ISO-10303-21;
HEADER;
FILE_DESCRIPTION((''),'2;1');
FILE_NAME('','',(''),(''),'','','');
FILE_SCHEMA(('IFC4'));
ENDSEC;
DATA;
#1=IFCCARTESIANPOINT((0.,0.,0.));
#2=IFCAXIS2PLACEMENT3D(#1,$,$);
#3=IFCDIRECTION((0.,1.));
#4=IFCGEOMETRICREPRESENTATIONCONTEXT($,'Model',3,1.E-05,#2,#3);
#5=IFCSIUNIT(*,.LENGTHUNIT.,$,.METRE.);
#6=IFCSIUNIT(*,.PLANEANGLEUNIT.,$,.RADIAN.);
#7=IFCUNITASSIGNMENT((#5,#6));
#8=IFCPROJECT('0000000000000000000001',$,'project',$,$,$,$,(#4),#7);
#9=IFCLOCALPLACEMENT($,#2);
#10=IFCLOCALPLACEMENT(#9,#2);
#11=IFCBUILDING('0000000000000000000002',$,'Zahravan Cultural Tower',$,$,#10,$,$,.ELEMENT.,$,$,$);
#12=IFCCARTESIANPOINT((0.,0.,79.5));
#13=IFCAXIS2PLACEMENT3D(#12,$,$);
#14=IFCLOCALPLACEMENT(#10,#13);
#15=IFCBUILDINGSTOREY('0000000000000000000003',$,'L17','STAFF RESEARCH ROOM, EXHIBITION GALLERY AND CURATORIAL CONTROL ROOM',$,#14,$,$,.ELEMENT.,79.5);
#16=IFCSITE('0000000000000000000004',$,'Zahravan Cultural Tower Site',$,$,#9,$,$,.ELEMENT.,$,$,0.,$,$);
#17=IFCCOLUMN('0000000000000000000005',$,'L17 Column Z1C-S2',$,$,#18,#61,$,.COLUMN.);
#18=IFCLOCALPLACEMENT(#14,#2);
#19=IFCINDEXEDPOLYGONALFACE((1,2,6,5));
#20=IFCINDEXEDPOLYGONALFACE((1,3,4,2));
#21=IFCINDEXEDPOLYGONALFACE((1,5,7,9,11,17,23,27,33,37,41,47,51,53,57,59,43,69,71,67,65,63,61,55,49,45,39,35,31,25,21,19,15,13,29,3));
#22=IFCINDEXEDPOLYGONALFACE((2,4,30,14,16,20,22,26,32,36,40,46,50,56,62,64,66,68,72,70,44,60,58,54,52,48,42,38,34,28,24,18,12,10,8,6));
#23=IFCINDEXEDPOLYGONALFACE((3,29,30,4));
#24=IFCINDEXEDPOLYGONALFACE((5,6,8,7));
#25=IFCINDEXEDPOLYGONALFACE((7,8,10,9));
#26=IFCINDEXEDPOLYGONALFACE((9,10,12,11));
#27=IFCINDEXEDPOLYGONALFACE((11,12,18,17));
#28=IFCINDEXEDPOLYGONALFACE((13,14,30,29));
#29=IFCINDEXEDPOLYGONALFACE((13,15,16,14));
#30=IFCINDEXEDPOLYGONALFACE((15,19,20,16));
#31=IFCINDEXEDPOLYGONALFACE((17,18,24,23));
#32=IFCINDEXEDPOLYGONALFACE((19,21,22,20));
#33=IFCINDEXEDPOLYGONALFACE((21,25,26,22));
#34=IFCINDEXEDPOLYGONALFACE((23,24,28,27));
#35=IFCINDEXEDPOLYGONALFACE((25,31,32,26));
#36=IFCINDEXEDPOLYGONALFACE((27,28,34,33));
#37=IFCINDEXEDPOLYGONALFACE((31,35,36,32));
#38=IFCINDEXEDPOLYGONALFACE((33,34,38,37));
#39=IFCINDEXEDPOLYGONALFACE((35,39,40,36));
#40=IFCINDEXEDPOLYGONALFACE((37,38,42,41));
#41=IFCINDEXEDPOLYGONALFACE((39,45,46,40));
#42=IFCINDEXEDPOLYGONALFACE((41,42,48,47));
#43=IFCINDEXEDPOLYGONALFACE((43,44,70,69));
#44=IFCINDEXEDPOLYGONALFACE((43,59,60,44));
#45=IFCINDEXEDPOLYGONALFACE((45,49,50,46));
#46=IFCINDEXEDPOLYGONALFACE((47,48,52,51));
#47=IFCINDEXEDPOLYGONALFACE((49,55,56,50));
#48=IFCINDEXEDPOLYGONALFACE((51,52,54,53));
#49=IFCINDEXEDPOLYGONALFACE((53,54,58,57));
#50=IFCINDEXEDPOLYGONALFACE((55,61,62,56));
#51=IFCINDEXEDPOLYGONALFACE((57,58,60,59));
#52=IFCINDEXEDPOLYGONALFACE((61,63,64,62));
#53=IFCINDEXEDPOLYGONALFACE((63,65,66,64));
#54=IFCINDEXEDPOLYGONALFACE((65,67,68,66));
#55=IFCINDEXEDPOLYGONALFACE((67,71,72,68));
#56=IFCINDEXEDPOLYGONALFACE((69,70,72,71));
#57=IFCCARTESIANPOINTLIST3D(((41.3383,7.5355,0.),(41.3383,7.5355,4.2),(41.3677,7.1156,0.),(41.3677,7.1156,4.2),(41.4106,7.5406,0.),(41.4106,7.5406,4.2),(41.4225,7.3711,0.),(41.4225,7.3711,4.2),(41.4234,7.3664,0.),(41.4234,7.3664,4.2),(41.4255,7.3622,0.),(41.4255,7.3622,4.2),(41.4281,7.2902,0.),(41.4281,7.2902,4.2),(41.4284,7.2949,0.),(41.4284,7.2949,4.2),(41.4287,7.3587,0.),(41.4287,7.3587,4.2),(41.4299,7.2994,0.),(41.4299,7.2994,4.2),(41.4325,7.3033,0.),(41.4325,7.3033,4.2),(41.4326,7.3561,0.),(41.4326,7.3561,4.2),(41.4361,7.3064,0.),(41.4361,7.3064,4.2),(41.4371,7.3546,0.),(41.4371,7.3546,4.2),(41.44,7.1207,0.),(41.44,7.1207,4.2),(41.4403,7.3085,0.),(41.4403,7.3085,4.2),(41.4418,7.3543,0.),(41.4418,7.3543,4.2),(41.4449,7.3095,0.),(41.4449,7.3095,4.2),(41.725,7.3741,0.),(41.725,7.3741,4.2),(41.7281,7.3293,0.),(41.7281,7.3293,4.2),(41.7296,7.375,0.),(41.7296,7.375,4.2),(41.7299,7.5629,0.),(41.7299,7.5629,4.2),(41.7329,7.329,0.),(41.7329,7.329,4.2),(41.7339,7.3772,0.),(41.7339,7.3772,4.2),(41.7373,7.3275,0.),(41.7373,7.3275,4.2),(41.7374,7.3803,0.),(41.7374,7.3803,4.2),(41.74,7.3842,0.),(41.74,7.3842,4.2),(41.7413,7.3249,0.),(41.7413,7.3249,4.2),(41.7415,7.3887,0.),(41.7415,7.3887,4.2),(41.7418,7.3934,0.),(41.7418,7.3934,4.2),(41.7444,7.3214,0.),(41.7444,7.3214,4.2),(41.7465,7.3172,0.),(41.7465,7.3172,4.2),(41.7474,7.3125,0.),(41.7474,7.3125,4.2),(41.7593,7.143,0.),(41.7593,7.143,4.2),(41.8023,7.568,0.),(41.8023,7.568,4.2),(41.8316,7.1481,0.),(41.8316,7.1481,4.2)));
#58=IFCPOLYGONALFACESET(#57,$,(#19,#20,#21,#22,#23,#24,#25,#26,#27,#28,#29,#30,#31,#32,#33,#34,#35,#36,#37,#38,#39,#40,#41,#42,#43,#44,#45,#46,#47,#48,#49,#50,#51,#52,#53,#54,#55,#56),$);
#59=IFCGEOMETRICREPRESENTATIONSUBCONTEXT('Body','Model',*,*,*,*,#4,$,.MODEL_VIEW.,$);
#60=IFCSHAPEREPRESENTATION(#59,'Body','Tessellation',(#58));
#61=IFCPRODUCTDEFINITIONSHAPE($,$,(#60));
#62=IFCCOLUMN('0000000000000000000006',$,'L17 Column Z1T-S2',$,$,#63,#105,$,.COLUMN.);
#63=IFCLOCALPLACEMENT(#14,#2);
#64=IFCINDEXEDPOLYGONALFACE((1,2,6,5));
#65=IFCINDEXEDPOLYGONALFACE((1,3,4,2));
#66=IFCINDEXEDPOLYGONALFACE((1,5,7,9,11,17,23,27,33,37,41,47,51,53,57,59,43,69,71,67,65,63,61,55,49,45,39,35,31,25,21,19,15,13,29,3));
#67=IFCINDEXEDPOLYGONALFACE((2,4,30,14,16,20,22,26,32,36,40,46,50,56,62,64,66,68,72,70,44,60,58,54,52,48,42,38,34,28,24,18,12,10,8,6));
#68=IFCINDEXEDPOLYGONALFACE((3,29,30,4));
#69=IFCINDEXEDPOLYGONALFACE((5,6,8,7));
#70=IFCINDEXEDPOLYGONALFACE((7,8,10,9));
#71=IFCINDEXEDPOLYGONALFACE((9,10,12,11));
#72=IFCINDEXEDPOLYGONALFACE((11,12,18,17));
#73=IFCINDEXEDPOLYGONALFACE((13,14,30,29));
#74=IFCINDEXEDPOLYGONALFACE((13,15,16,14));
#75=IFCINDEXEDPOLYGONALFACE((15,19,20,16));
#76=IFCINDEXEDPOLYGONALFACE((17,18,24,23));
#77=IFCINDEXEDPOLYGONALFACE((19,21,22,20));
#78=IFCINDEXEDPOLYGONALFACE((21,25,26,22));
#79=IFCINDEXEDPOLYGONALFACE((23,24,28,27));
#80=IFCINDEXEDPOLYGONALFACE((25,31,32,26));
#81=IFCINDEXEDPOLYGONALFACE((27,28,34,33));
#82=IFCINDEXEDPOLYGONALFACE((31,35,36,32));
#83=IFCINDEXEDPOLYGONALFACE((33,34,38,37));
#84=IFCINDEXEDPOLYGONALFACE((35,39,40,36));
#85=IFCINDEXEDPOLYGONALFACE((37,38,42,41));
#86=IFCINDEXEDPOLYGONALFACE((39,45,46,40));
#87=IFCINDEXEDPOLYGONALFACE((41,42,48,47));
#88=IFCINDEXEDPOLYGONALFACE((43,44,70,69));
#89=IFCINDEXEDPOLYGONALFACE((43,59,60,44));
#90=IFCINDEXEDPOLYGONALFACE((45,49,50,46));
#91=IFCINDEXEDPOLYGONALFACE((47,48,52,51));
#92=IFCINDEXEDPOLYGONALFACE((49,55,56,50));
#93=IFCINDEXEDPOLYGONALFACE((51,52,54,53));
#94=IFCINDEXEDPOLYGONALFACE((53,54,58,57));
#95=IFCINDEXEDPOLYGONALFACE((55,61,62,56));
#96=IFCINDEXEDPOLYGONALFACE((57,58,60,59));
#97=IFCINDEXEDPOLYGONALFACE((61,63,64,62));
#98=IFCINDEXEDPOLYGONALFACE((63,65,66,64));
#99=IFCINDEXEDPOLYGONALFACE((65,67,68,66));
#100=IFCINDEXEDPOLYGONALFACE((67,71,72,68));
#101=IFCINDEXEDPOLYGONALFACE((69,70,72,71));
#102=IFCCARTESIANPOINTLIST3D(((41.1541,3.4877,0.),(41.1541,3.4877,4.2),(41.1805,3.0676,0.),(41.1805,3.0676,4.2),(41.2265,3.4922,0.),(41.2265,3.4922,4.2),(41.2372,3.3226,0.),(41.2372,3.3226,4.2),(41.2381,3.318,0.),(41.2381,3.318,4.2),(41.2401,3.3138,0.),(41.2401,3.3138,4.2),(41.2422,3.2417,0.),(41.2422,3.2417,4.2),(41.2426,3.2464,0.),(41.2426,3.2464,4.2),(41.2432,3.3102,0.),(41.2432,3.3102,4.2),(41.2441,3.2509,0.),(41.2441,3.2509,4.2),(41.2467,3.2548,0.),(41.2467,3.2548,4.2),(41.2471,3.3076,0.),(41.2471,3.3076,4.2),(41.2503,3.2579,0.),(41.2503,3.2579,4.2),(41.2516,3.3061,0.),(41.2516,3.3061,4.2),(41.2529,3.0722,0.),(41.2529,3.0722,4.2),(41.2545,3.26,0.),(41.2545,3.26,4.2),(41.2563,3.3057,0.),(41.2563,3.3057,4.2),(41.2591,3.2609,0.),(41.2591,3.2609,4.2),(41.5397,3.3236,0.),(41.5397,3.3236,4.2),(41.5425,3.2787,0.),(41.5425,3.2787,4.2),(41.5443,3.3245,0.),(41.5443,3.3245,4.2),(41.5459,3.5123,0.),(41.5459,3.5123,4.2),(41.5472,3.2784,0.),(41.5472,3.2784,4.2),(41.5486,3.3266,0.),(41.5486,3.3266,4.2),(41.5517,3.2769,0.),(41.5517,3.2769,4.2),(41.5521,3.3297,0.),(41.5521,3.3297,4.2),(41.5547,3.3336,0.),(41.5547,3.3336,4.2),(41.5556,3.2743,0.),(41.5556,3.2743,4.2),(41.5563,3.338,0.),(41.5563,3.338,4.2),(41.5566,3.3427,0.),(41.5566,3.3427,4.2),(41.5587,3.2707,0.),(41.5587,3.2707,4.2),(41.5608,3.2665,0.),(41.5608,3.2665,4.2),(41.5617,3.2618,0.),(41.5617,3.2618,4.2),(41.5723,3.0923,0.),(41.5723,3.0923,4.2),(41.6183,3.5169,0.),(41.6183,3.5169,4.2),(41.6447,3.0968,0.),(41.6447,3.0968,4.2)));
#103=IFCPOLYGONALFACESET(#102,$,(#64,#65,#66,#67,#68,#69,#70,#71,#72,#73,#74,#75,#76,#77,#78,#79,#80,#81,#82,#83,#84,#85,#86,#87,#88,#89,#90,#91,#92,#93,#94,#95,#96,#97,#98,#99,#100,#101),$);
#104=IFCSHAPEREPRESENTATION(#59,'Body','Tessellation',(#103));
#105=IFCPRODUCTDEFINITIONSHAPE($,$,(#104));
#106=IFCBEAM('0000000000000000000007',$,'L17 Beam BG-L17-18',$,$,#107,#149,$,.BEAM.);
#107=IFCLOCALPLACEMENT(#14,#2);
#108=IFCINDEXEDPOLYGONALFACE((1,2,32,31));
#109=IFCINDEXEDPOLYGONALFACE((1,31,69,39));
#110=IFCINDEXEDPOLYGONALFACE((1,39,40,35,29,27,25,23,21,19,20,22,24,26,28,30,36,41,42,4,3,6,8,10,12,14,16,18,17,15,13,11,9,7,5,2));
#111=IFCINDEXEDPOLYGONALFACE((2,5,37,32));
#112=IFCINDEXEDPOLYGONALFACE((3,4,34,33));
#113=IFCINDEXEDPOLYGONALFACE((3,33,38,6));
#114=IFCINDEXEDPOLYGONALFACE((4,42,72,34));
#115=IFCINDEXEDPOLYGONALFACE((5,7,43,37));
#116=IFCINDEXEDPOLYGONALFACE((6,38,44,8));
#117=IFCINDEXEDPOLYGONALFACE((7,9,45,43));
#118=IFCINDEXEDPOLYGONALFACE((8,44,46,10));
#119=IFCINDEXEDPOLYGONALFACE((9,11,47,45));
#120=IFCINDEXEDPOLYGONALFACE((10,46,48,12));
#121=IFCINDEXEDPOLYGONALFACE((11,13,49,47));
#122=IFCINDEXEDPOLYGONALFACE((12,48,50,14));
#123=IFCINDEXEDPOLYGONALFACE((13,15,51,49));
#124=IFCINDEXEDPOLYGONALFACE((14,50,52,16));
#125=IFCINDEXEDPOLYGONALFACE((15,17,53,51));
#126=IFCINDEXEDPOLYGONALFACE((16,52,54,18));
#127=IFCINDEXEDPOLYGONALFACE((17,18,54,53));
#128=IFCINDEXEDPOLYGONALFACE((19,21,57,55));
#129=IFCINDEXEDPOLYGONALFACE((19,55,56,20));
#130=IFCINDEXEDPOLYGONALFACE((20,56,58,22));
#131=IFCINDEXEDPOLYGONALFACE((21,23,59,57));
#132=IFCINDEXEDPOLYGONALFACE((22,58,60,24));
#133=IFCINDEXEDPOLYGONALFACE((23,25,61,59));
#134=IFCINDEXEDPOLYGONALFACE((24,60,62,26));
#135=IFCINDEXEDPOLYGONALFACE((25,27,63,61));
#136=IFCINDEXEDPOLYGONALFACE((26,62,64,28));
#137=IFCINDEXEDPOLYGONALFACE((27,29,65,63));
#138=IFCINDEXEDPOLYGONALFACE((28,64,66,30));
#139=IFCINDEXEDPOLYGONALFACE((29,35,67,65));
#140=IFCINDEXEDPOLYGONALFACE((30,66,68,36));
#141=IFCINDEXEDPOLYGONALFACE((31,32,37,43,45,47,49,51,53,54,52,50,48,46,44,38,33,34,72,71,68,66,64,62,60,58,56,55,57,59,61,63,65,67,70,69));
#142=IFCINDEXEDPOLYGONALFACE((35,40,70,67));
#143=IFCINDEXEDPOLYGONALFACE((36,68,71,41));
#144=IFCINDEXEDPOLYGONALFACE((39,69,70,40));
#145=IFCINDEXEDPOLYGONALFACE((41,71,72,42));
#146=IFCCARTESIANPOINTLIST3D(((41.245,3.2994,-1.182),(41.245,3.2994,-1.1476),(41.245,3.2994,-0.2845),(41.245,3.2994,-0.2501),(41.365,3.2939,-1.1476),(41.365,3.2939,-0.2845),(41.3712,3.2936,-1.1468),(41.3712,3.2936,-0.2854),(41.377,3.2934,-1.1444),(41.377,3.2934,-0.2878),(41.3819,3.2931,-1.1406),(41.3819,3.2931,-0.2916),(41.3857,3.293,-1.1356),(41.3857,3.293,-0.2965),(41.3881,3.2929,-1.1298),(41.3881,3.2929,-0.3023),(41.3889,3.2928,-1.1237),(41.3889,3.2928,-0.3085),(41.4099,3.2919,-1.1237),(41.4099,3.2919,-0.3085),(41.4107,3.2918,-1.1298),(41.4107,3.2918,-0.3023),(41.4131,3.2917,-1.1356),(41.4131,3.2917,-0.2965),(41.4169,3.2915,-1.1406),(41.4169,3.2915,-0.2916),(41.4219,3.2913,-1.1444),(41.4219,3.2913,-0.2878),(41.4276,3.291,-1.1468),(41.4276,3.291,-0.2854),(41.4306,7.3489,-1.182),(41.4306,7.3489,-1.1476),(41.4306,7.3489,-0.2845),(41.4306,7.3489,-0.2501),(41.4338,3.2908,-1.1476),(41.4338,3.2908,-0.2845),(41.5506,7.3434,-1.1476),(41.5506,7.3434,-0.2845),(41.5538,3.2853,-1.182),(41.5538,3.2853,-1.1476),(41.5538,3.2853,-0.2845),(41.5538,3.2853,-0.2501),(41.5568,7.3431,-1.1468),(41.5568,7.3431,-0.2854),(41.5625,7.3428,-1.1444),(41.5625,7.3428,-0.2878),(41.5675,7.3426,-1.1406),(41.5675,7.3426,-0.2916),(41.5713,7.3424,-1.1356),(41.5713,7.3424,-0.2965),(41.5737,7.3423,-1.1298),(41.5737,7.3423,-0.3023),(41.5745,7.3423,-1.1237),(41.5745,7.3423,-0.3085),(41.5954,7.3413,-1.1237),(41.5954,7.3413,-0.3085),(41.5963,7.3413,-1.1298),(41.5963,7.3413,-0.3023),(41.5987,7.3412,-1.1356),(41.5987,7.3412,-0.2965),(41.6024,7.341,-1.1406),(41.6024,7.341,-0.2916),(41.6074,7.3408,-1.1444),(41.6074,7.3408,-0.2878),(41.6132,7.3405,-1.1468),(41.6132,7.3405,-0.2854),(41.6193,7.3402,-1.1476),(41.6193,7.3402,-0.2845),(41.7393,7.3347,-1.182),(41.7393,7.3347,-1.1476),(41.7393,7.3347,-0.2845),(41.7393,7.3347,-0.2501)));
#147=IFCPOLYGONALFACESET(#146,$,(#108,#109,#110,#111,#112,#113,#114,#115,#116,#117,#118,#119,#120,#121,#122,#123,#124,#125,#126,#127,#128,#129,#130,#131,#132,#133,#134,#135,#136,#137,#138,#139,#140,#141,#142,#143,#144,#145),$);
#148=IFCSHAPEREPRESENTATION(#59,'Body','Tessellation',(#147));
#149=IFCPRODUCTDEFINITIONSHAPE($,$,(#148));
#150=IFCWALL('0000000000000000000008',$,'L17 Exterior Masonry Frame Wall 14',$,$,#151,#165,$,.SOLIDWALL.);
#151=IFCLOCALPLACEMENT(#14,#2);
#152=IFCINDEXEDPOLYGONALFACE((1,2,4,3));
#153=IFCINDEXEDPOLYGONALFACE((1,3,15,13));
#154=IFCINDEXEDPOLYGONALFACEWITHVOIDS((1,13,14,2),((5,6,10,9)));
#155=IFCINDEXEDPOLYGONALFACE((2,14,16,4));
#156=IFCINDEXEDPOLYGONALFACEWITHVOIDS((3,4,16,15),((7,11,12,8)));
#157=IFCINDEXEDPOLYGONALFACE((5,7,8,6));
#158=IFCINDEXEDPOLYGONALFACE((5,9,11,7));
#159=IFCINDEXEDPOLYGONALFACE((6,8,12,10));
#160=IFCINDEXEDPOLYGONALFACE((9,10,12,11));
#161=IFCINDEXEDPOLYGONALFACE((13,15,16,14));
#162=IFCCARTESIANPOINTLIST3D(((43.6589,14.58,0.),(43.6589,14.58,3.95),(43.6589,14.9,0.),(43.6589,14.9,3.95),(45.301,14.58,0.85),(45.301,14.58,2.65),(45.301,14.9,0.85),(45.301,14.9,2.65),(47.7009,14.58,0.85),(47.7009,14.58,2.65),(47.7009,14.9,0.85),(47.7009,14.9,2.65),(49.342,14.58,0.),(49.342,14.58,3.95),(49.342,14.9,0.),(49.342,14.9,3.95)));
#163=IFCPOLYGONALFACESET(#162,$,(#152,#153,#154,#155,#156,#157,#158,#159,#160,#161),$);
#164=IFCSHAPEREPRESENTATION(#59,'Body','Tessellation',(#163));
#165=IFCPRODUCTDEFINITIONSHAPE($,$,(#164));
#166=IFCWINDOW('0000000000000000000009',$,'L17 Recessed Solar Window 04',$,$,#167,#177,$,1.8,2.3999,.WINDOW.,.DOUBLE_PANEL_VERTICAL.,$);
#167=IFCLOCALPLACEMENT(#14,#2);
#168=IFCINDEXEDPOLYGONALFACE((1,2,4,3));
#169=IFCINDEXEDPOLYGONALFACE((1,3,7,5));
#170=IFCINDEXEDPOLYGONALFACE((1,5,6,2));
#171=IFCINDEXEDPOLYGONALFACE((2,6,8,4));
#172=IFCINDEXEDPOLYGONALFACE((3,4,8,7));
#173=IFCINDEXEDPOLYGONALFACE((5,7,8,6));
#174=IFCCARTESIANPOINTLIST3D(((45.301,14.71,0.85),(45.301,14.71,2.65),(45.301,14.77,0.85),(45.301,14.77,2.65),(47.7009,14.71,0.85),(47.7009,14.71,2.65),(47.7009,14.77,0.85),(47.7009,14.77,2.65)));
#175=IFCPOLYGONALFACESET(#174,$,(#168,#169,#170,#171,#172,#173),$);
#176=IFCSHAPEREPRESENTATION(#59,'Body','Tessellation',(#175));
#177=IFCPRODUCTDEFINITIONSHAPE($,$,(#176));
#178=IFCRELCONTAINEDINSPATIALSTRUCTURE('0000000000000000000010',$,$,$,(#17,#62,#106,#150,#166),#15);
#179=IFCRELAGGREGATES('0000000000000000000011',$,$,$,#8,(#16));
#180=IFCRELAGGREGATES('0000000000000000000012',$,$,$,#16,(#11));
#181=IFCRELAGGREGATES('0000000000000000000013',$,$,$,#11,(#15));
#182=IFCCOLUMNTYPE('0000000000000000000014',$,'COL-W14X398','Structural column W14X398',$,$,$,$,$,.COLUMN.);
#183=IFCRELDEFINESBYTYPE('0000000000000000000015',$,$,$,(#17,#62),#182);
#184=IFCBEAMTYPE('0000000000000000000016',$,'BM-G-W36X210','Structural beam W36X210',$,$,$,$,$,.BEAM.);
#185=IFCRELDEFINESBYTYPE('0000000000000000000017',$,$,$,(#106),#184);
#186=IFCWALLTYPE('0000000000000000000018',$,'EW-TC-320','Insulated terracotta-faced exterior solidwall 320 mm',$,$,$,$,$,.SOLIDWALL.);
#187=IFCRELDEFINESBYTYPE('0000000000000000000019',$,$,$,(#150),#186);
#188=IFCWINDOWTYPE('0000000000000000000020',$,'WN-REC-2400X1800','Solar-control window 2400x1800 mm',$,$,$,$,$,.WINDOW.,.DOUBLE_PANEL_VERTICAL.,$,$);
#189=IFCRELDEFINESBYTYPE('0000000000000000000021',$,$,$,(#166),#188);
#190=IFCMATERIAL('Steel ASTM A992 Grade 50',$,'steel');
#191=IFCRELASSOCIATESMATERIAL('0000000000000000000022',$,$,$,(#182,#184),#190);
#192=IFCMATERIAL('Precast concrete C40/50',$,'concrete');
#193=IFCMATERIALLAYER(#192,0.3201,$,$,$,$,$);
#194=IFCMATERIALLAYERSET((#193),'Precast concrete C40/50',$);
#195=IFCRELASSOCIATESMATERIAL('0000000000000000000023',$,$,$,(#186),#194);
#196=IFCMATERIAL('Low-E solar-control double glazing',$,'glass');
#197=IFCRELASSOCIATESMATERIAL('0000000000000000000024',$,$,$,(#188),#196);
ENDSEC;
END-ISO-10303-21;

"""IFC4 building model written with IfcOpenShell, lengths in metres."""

from ifc_helpers import new_model, si_unit, direction, frame, frame_2d, origin, origin_2d, place, context, subcontext, project, spatial, rectangle, i_section, extrude, source, transform, mapped, material, layer, layer_set, material_profile, profile_set, type_object, element, fill, save


model = new_model("IFC4")

# Units and contexts
model_context = context("Model", 3, precision=1e-05, world=origin(), true_north=direction((0.0, 1.0)))
body_context = subcontext(model_context, "Body", "Model", "MODEL_VIEW")
ifc_project = project(units=[si_unit("LENGTHUNIT", "METRE"), si_unit("PLANEANGLEUNIT", "RADIAN")], contexts=[model_context])

# Site, building, storey
site_placement = place(None, origin())
site = spatial("IfcSite", under=ifc_project, at=site_placement, Name="Zahravan Cultural Tower Site", CompositionType="ELEMENT", RefElevation=0.0)
building_placement = place(site_placement, origin())
building = spatial("IfcBuilding", under=site, at=building_placement, Name="Zahravan Cultural Tower", CompositionType="ELEMENT")
storey_placement = place(building_placement, frame((0.0, 0.0, 79.5)))
storey = spatial("IfcBuildingStorey", under=building, at=storey_placement, Name="L17", Description="STAFF RESEARCH ROOM, EXHIBITION GALLERY AND CURATORIAL CONTROL ROOM", CompositionType="ELEMENT", Elevation=79.5)

# Columns
ifc_material_1 = material(Name="Steel ASTM A992 Grade 50", Category="steel")
ifc_material_profile_1 = material_profile(ifc_material_1, i_section(OverallWidth=0.4209, OverallDepth=0.4651, WebThickness=0.0449, FlangeThickness=0.0725, FilletRadius=0.0181, at=origin_2d()), Name="W14X398")
ifc_profile_set_1 = profile_set([ifc_material_profile_1], Name="Steel ASTM A992 Grade 50")
column_type = type_object("IfcColumnType", Name="COL-W14X398", Description="Structural column W14X398", PredefinedType="COLUMN", material=ifc_profile_set_1)
shared_shape_1 = source(origin(), body_context, "Body", "SweptSolid", [
    extrude(i_section(OverallWidth=0.4209, OverallDepth=0.4651, WebThickness=0.0449, FlangeThickness=0.0725, FilletRadius=0.0181, at=origin_2d()), origin(), (0.0, 0.0, 1.0), 4.2),
])
for number, where, z_axis, x_axis, name in (
    (1, (41.585, 7.3418, 0.0), (0.0, 0.0, 1.0), (-0.069756, 0.997564, 0.0), "L17 Column Z1C-S2"),
    (2, (41.3994, 3.2922, 0.0), (0.0, 0.0, 1.0), (-0.062791, 0.998027, 0.0), "L17 Column Z1T-S2"),
):
    element("IfcColumn", number, at=place(storey_placement, frame(where, z_axis=z_axis, x_axis=x_axis)), inside=storey, type_object=column_type, Name=name, PredefinedType="COLUMN", context=body_context, shape_type="MappedRepresentation", body=[
        mapped(shared_shape_1, transform((0.0, 0.0, 0.0), x_axis=(1.0, 0.0, 0.0), y_axis=(0.0, 1.0, 0.0), z_axis=(0.0, 0.0, 1.0), scale=1.0)),
    ])

# Beam
ifc_material_profile_2 = material_profile(ifc_material_1, i_section(OverallWidth=0.3091, OverallDepth=0.9319, WebThickness=0.021, FlangeThickness=0.0344, FilletRadius=0.0239, at=origin_2d()), Name="W36X210")
ifc_profile_set_2 = profile_set([ifc_material_profile_2], Name="Steel ASTM A992 Grade 50")
beam_type = type_object("IfcBeamType", Name="BM-G-W36X210", Description="Structural beam W36X210", PredefinedType="BEAM", material=ifc_profile_set_2)
shared_shape_2 = source(origin(), body_context, "Body", "SweptSolid", [
    extrude(i_section(OverallWidth=0.3091, OverallDepth=0.9319, WebThickness=0.021, FlangeThickness=0.0344, FilletRadius=0.0239, at=origin_2d()), origin(), (0.0, 0.0, 1.0), 4.0537),
])
beam_placement = place(storey_placement, frame((41.585, 7.3418, -0.7161), z_axis=(-0.045771, -0.998952, 0.0), x_axis=(0.998952, -0.045771, 0.0)))
element("IfcBeam", 3, at=beam_placement, inside=storey, type_object=beam_type, Name="L17 Beam BG-L17-18", PredefinedType="BEAM", context=body_context, shape_type="MappedRepresentation", body=[
    mapped(shared_shape_2, transform((0.0, 0.0, 0.0), x_axis=(1.0, 0.0, 0.0), y_axis=(0.0, 1.0, 0.0), z_axis=(0.0, 0.0, 1.0), scale=1.0)),
])

# Wall, opening, window
ifc_material_2 = material(Name="Precast concrete C40/50", Category="concrete")
ifc_layer_1 = layer(ifc_material_2, 0.3201)
ifc_layer_set_1 = layer_set([ifc_layer_1], Name="Precast concrete C40/50")
wall_type_1 = type_object("IfcWallType", Name="EW-TC-320", Description="Insulated terracotta-faced exterior solidwall 320 mm", PredefinedType="SOLIDWALL", material=ifc_layer_set_1)
wall_1_placement = place(storey_placement, frame((49.342, 14.74, 0.0), z_axis=(0.0, 0.0, 1.0), x_axis=(-1.0, 0.0, 0.0)))
wall_1 = element("IfcWall", 4, at=wall_1_placement, inside=storey, type_object=wall_type_1, Name="L17 Exterior Masonry Frame Wall 14", PredefinedType="SOLIDWALL", context=body_context, shape_type="SweptSolid", body=[
    extrude(rectangle(XDim=5.6831, YDim=0.3201, at=frame_2d((2.8416, 0.0))), origin(), (0.0, 0.0, 1.0), 3.95),
])
opening_1_placement = place(wall_1_placement, frame((1.6411, 0.0, 0.8501)))
opening_1 = element("IfcOpeningElement", 5, at=opening_1_placement, cuts=wall_1, PredefinedType="OPENING", context=body_context, shape_type="SweptSolid", body=[
    extrude(rectangle(XDim=2.3999, YDim=1.8, at=frame_2d((1.2, 0.8999))), frame((0.0, 0.1699, 0.0), z_axis=(0.0, -1.0, 0.0), x_axis=(1.0, 0.0, 0.0)), (0.0, 0.0, 1.0), 0.3401),
])
ifc_material_3 = material(Name="Low-E solar-control double glazing", Category="glass")
window_type = type_object("IfcWindowType", Name="WN-REC-2400X1800", Description="Solar-control window 2400x1800 mm", PartitioningType="DOUBLE_PANEL_VERTICAL", PredefinedType="WINDOW", material=ifc_material_3)
shared_shape_3 = source(origin(), body_context, "Body", "SweptSolid", [
    extrude(rectangle(XDim=2.3999, YDim=1.8, at=frame_2d((1.2, 0.8999))), frame((0.0, 0.03, 0.0), z_axis=(0.0, -1.0, 0.0), x_axis=(1.0, 0.0, 0.0)), (0.0, 0.0, 1.0), 0.0601),
])
window_1_placement = place(opening_1_placement, origin())
window_1 = element("IfcWindow", 6, at=window_1_placement, inside=storey, type_object=window_type, Name="L17 Recessed Solar Window 04", OverallHeight=1.8, OverallWidth=2.3999, PartitioningType="DOUBLE_PANEL_VERTICAL", PredefinedType="WINDOW", context=body_context, shape_type="MappedRepresentation", body=[
    mapped(shared_shape_3, transform((0.0, 0.0, 0.0), x_axis=(1.0, 0.0, 0.0), y_axis=(0.0, 1.0, 0.0), z_axis=(0.0, 0.0, 1.0), scale=1.0)),
])
fill(opening_1, window_1)

save(model, "model.ifc")
